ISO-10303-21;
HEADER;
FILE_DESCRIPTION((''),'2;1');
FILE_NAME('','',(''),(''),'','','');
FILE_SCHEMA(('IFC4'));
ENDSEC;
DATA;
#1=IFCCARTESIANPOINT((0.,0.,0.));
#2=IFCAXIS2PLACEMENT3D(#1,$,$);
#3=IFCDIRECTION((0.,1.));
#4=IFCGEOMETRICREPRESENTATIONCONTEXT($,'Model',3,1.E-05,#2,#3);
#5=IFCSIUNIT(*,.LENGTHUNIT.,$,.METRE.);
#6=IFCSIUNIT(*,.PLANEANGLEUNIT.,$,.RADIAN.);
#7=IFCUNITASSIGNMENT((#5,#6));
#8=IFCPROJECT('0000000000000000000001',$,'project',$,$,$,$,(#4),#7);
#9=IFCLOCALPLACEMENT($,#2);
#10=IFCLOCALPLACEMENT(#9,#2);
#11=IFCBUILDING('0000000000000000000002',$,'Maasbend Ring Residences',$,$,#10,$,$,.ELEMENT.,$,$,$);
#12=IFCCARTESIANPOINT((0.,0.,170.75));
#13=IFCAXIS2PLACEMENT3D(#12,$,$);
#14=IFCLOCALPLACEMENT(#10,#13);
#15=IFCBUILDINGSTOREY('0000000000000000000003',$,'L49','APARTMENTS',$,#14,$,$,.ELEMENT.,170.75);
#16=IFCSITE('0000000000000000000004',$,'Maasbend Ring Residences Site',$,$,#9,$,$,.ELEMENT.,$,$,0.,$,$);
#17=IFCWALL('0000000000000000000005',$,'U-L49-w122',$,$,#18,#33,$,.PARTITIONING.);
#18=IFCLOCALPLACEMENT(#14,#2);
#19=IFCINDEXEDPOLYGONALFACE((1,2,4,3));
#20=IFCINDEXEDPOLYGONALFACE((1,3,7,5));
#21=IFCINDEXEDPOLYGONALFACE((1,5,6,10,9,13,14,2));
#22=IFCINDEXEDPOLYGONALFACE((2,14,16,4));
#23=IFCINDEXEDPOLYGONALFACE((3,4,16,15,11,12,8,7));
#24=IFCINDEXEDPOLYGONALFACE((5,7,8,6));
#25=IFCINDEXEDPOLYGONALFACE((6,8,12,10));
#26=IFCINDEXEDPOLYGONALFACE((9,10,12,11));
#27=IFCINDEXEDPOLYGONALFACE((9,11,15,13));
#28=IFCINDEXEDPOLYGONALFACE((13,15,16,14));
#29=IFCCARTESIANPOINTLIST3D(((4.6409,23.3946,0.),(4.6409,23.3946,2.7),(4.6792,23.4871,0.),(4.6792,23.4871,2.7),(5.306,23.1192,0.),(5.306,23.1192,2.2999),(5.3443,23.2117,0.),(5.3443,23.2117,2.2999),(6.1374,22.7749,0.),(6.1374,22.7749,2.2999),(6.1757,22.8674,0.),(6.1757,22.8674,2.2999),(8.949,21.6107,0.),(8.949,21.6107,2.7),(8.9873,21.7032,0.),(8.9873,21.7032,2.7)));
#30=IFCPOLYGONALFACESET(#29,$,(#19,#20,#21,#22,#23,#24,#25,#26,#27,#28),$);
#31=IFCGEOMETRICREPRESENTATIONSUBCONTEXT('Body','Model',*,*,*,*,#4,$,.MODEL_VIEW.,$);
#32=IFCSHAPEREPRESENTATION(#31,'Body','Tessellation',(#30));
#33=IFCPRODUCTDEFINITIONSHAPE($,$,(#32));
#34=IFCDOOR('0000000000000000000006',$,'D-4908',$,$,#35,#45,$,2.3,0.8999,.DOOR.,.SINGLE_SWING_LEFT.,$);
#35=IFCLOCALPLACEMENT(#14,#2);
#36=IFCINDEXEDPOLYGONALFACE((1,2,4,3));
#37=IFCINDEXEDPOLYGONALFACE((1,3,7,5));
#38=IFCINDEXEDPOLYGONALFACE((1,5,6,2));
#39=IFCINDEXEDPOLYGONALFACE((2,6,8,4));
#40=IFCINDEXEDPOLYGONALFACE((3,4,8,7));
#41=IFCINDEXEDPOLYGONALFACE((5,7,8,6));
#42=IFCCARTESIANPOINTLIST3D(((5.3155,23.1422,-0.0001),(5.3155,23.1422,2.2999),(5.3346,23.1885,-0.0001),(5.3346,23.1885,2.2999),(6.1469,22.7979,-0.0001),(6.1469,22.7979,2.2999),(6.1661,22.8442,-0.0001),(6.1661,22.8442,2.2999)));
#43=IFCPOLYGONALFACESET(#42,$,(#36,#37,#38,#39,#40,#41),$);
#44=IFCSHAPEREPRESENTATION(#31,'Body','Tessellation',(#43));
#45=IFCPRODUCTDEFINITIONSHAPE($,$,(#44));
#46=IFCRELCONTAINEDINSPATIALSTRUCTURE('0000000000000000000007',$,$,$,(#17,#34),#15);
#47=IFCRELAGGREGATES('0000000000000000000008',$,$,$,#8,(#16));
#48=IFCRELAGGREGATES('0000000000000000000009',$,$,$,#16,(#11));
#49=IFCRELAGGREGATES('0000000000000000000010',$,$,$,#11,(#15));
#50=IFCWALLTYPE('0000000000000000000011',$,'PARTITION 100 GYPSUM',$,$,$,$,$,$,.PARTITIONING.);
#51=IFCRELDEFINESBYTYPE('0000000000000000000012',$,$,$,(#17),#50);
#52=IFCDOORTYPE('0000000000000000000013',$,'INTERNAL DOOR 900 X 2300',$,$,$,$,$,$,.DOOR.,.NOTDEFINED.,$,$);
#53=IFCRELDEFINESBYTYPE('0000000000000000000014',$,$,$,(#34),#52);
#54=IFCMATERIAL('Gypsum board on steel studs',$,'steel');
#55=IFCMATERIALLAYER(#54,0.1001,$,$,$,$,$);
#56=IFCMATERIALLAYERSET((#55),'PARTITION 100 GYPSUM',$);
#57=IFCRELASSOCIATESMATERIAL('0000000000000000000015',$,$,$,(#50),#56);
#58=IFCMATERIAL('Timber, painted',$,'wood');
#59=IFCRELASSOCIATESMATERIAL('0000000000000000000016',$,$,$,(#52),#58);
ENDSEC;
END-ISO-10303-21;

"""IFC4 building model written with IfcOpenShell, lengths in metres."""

from ifc_helpers import new_model, si_unit, direction, frame, frame_2d, origin, place, context, subcontext, project, spatial, rectangle, extrude, material, layer, layer_set, type_object, element, fill, save


model = new_model("IFC4")

# Units and contexts
model_context = context("Model", 3, precision=1e-05, world=origin(), true_north=direction((0.0, 1.0)))
body_context = subcontext(model_context, "Body", "Model", "MODEL_VIEW")
ifc_project = project(units=[si_unit("LENGTHUNIT", "METRE"), si_unit("PLANEANGLEUNIT", "RADIAN")], contexts=[model_context])

# Site, building, storey
site_placement = place(None, origin())
site = spatial("IfcSite", under=ifc_project, at=site_placement, Name="Maasbend Ring Residences Site", CompositionType="ELEMENT", RefElevation=0.0)
building_placement = place(site_placement, origin())
building = spatial("IfcBuilding", under=site, at=building_placement, Name="Maasbend Ring Residences", CompositionType="ELEMENT")
storey_placement = place(building_placement, frame((0.0, 0.0, 170.75)))
storey = spatial("IfcBuildingStorey", under=building, at=storey_placement, Name="L49", Description="APARTMENTS", CompositionType="ELEMENT", Elevation=170.75)

# Wall, opening, door
ifc_material_1 = material(Name="Gypsum board on steel studs", Category="steel")
ifc_layer_1 = layer(ifc_material_1, 0.1001)
ifc_layer_set_1 = layer_set([ifc_layer_1], Name="PARTITION 100 GYPSUM")
wall_type_1 = type_object("IfcWallType", Name="PARTITION 100 GYPSUM", PredefinedType="PARTITIONING", material=ifc_layer_set_1)
wall_1_placement = place(storey_placement, frame((4.6599, 23.4409, 0.0), z_axis=(0.0, 0.0, 1.0), x_axis=(0.92392, -0.382585, 0.0)))
wall_1 = element("IfcWall", 1, at=wall_1_placement, inside=storey, type_object=wall_type_1, Name="U-L49-w122", PredefinedType="PARTITIONING", context=body_context, shape_type="SweptSolid", body=[
    extrude(rectangle(XDim=4.6628, YDim=0.1001, at=frame_2d((2.3315, 0.0))), origin(), (0.0, 0.0, 1.0), 2.7),
])
opening_1_placement = place(wall_1_placement, frame((0.72, 0.0, 0.0)))
opening_1 = element("IfcOpeningElement", 2, at=opening_1_placement, cuts=wall_1, PredefinedType="OPENING", context=body_context, shape_type="SweptSolid", body=[
    extrude(rectangle(XDim=0.8999, YDim=2.3, at=frame_2d((0.45, 1.1499))), frame((0.0, 0.0601, 0.0), z_axis=(0.0, -1.0, 0.0), x_axis=(1.0, 0.0, 0.0)), (0.0, 0.0, 1.0), 0.1201),
])
ifc_material_2 = material(Name="Timber, painted", Category="wood")
door_type_1 = type_object("IfcDoorType", Name="INTERNAL DOOR 900 X 2300", OperationType="NOTDEFINED", PredefinedType="DOOR", material=ifc_material_2)
door_1_placement = place(opening_1_placement, origin())
door_1 = element("IfcDoor", 3, at=door_1_placement, inside=storey, type_object=door_type_1, Name="D-4908", OperationType="SINGLE_SWING_LEFT", OverallHeight=2.3, OverallWidth=0.8999, PredefinedType="DOOR", context=body_context, shape_type="SweptSolid", body=[
    extrude(rectangle(XDim=0.8999, YDim=2.3, at=frame_2d((0.45, 1.1499))), frame((0.0, 0.0249, 0.0), z_axis=(0.0, -1.0, 0.0), x_axis=(1.0, 0.0, 0.0)), (0.0, 0.0, 1.0), 0.05),
])
fill(opening_1, door_1)

save(model, "model.ifc")
